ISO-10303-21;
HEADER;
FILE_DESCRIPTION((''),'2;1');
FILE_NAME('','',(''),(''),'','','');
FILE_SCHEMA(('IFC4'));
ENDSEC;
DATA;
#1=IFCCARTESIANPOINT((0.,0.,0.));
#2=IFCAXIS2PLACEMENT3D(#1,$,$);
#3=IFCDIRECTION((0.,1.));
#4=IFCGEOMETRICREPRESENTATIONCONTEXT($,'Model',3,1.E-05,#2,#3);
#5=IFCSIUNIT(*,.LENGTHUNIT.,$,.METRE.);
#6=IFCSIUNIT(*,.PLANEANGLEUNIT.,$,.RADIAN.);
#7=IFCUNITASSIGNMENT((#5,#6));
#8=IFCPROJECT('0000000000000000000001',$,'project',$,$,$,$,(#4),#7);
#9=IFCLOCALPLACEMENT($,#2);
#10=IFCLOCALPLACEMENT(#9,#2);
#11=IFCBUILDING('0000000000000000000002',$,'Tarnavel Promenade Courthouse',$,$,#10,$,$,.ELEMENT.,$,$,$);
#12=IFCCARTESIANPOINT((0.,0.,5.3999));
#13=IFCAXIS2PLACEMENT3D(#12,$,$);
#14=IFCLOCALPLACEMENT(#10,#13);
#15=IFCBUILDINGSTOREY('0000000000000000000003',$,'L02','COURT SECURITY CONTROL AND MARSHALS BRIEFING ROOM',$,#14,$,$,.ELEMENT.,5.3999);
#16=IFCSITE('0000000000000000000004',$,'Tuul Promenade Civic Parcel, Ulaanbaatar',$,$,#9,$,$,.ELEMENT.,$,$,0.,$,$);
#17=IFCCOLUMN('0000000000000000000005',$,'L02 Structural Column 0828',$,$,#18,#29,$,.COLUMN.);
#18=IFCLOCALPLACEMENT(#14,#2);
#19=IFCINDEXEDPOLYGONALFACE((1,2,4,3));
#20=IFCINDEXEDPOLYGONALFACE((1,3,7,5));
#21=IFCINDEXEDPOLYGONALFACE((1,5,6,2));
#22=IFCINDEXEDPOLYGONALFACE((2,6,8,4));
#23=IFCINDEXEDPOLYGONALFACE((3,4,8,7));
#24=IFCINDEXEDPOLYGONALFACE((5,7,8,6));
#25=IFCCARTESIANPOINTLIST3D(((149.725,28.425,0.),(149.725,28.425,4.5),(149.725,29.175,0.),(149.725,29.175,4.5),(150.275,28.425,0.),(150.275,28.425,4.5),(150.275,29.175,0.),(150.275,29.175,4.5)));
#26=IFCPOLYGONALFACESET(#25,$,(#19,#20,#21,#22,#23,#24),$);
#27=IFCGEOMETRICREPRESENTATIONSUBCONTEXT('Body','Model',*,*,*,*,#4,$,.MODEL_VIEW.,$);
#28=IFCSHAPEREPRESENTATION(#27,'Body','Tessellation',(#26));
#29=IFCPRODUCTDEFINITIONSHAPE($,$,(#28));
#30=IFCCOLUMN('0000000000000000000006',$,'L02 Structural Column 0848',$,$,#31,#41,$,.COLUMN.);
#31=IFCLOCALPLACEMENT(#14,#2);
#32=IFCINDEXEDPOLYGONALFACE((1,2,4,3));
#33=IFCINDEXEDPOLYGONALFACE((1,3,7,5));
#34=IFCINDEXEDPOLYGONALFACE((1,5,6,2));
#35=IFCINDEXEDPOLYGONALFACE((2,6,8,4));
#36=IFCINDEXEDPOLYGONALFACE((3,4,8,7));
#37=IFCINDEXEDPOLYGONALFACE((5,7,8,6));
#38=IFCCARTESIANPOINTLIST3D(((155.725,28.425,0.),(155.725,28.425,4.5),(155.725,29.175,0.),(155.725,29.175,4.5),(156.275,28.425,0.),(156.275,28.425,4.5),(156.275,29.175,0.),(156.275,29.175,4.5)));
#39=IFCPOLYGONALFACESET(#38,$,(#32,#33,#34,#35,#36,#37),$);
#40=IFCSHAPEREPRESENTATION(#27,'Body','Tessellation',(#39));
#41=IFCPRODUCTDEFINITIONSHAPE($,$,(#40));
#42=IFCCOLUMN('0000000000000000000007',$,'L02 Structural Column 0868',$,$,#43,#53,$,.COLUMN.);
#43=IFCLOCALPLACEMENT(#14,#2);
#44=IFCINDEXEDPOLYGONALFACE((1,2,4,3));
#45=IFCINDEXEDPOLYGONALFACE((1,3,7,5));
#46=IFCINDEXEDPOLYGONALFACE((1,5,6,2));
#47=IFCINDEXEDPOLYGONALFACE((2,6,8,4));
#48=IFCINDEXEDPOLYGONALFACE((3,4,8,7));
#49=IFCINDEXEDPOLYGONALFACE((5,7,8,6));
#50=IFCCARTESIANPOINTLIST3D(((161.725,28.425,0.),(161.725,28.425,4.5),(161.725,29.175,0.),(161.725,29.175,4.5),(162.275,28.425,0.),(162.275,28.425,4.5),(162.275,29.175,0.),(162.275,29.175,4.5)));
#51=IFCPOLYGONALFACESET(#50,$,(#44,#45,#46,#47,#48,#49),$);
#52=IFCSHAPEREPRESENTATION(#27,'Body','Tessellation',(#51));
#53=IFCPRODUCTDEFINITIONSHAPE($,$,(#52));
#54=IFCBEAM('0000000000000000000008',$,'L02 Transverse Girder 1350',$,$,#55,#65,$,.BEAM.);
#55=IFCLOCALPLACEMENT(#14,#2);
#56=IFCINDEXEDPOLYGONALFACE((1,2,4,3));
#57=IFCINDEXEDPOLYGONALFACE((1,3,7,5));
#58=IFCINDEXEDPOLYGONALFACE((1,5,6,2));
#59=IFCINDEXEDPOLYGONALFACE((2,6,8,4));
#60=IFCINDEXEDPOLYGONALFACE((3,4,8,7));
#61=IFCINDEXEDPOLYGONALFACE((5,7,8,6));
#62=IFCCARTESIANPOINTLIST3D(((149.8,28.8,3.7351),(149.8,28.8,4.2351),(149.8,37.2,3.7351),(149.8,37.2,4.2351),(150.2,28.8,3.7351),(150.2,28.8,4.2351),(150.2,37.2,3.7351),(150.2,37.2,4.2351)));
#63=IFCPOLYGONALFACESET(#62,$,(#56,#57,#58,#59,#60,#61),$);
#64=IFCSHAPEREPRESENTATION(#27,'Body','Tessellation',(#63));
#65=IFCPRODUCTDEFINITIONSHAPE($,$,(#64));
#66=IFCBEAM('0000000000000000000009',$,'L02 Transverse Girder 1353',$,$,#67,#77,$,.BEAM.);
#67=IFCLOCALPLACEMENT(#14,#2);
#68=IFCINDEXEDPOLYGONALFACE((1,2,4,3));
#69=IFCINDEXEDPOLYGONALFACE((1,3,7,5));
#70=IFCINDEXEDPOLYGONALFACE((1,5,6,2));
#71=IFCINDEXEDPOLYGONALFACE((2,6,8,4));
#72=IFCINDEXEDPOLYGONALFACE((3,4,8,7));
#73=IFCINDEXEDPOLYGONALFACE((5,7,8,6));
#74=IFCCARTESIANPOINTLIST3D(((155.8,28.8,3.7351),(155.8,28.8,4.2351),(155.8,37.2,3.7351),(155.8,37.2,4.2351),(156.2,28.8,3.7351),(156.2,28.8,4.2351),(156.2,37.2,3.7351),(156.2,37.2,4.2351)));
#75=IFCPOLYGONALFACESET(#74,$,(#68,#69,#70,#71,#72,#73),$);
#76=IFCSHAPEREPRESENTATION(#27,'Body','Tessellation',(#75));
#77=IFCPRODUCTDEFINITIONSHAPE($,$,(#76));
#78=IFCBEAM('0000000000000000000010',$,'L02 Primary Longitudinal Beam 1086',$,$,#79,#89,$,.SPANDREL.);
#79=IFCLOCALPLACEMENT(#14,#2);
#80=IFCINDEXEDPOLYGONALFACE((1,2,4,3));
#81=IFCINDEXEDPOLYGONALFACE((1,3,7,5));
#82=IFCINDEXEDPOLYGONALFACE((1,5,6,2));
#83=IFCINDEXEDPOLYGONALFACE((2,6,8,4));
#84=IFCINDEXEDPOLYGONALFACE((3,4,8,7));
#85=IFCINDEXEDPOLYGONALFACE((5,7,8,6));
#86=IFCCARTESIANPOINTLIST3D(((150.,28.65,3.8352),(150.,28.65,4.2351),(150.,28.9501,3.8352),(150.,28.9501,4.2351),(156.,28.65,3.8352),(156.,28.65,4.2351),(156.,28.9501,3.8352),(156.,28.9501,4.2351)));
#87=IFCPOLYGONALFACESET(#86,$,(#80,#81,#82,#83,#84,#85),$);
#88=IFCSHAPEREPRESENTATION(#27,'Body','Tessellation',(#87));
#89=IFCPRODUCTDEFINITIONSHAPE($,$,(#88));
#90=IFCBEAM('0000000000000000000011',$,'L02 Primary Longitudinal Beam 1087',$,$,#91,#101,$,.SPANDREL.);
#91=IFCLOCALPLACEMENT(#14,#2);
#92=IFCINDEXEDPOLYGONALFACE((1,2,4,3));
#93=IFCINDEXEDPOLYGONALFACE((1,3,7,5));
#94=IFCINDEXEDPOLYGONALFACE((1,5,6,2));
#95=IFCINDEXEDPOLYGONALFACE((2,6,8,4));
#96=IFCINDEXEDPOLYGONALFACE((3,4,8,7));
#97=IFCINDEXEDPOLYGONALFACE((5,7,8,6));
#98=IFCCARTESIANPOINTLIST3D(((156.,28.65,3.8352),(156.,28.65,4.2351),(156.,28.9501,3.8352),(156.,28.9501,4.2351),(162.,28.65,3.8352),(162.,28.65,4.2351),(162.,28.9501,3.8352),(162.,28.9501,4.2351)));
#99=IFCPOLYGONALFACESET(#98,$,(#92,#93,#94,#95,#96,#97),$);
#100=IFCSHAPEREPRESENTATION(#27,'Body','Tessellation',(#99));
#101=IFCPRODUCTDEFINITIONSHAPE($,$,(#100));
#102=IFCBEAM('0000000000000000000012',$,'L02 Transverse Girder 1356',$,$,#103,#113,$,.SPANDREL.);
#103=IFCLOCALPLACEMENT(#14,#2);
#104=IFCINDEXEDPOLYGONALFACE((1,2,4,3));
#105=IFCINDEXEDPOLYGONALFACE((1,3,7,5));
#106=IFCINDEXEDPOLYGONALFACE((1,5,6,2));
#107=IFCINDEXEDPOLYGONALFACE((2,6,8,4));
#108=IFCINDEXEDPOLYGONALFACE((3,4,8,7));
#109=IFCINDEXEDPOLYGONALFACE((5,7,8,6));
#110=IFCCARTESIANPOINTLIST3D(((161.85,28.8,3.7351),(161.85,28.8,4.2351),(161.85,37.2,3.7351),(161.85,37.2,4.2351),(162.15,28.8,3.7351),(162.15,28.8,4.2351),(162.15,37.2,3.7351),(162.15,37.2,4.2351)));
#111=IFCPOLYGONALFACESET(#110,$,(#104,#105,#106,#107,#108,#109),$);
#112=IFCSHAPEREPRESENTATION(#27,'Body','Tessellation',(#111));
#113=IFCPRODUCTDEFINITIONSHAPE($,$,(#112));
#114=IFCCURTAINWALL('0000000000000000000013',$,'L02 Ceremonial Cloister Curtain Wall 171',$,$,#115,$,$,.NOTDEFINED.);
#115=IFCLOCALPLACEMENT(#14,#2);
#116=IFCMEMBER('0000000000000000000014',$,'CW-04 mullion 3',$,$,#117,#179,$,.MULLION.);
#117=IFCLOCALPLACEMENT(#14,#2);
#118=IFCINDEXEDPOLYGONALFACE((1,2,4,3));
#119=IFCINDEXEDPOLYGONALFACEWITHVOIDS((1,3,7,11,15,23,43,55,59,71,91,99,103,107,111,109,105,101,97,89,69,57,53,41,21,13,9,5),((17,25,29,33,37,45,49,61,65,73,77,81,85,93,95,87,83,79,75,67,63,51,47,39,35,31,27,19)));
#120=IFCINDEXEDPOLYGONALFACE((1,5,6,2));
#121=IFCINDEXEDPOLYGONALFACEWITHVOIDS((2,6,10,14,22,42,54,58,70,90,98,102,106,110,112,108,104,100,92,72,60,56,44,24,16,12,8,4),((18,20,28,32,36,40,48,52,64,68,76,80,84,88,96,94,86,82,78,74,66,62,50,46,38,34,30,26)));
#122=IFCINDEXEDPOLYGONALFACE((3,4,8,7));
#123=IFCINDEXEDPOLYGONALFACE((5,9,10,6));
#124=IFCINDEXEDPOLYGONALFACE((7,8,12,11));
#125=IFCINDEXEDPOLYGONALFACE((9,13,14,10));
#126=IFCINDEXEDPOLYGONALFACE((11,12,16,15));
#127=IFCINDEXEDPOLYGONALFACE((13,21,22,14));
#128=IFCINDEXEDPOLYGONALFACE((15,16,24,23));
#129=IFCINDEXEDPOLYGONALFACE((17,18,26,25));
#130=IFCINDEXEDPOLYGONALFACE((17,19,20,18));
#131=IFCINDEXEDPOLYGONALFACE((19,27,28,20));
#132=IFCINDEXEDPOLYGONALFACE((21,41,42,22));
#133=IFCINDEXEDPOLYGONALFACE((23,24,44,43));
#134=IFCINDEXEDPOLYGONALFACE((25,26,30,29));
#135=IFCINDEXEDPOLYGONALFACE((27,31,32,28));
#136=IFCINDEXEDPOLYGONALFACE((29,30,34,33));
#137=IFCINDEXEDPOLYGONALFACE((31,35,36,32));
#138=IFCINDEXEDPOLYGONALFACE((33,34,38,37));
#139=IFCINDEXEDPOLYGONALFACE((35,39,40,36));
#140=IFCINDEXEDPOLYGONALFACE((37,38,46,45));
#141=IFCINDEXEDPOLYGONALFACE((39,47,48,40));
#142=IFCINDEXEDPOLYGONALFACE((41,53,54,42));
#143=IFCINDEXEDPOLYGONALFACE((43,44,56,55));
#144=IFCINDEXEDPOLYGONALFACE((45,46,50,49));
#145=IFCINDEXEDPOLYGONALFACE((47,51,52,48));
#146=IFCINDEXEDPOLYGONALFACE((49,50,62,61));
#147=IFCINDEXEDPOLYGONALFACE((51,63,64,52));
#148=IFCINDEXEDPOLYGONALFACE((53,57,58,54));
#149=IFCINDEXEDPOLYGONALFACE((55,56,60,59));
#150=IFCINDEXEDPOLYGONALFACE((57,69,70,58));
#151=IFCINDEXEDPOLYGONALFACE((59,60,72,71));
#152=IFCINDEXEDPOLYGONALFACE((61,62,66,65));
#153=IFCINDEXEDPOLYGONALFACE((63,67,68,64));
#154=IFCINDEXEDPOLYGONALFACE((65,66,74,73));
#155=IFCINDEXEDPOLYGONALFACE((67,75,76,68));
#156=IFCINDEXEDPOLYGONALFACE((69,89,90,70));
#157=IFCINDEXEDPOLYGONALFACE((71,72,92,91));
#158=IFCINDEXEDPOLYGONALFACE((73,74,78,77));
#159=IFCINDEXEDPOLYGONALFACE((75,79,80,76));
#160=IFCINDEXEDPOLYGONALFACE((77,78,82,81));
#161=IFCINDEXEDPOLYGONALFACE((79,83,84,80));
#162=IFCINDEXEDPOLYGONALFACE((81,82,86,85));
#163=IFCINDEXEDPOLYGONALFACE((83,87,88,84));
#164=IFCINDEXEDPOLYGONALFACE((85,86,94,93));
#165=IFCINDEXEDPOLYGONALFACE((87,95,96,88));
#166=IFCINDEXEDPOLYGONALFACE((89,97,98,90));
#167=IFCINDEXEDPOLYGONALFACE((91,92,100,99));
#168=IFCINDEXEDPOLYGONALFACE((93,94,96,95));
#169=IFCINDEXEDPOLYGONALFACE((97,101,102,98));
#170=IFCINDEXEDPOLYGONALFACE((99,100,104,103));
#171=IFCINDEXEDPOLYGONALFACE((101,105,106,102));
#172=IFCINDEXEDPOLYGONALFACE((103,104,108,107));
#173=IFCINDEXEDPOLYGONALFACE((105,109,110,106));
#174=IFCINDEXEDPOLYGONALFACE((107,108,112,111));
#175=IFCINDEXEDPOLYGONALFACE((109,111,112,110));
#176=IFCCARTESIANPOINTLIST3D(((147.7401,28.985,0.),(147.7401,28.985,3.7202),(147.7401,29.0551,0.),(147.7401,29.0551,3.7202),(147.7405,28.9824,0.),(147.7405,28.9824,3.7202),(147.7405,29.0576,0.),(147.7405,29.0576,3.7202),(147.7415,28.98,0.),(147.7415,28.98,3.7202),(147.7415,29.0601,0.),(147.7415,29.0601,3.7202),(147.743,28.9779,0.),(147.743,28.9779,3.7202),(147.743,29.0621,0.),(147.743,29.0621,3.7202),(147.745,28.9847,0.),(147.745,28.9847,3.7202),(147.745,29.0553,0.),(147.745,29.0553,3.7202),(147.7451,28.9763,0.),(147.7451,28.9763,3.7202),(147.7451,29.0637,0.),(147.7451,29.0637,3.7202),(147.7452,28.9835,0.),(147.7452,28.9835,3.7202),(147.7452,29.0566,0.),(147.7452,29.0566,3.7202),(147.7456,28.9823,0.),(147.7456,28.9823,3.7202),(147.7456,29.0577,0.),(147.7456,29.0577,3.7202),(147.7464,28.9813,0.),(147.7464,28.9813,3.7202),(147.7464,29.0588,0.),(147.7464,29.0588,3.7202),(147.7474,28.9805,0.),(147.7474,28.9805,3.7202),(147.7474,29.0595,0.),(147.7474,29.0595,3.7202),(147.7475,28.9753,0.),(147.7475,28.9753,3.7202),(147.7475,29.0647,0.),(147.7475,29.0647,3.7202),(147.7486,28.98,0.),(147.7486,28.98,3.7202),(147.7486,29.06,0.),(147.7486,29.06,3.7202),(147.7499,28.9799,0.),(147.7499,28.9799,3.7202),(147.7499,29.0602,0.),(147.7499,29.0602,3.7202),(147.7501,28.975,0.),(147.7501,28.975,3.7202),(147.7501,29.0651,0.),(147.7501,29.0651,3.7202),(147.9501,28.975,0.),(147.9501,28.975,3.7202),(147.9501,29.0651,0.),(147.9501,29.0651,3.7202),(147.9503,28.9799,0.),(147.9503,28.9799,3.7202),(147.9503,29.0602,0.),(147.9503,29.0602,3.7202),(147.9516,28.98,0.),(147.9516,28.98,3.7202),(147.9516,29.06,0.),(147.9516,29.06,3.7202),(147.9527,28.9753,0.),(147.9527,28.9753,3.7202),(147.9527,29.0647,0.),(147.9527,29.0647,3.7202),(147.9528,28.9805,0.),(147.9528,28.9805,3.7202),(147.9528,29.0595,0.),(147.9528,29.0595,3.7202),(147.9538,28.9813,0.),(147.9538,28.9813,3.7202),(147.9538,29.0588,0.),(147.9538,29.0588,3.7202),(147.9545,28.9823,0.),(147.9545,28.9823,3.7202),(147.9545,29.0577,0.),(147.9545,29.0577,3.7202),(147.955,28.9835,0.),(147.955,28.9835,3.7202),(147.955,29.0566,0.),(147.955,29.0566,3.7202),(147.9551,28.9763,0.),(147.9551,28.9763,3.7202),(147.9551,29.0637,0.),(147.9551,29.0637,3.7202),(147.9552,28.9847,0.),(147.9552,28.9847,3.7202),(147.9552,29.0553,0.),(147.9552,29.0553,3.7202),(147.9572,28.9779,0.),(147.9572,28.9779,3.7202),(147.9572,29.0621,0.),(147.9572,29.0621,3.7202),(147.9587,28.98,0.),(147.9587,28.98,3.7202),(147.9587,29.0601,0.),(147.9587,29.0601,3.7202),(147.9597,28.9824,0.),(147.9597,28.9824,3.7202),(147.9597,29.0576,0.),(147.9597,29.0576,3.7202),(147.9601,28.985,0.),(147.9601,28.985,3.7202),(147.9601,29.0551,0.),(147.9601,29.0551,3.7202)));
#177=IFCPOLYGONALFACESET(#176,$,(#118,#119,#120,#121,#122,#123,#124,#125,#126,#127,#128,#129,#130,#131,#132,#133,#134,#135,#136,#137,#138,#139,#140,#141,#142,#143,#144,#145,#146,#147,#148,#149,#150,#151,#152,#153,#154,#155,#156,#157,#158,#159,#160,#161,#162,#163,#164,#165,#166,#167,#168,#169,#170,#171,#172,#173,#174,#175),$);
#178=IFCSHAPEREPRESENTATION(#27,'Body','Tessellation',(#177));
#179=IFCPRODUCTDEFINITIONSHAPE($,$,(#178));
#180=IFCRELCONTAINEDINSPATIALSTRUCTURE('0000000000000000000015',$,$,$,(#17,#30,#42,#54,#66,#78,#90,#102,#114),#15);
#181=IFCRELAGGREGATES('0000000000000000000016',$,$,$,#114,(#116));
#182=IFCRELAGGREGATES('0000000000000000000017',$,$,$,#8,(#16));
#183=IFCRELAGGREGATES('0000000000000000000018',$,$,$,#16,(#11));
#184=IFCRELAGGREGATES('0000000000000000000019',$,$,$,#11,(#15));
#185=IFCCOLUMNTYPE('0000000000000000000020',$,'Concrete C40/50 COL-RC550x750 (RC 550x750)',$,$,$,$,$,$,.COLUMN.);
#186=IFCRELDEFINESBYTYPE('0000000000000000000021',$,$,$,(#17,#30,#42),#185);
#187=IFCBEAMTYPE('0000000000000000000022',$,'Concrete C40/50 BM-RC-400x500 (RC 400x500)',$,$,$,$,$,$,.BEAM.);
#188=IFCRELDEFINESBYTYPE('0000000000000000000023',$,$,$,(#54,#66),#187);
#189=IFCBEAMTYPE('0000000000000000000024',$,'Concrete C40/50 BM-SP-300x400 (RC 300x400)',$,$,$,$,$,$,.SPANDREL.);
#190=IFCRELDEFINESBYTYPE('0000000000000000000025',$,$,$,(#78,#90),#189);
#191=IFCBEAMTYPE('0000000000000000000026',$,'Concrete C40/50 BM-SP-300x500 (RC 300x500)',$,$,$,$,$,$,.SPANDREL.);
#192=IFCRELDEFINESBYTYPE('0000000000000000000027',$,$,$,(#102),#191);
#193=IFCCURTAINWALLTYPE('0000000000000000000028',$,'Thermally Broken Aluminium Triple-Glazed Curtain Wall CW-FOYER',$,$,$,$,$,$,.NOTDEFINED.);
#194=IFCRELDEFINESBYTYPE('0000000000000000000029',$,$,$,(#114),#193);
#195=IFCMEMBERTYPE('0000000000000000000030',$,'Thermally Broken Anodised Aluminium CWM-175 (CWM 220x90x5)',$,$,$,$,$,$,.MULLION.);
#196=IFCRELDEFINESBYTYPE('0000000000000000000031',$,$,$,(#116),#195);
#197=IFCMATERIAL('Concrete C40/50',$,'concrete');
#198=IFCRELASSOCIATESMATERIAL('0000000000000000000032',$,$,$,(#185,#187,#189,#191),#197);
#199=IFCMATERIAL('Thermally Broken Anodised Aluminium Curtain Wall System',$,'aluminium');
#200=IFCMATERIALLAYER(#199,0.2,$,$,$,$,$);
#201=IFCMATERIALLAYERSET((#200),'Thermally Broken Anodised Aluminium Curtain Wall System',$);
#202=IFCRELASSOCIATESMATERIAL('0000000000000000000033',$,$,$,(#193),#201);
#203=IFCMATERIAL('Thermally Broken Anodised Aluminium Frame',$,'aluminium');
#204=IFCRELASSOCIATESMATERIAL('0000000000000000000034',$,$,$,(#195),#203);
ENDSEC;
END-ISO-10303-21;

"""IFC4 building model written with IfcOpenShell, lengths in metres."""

from ifc_helpers import new_model, si_unit, direction, frame, origin, origin_2d, place, context, subcontext, project, spatial, rectangle, hollow_rectangle, extrude, material, layer, layer_set, material_profile, profile_set, type_object, element, aggregate, save


model = new_model("IFC4")

# Units and contexts
model_context = context("Model", 3, precision=1e-05, world=origin(), true_north=direction((0.0, 1.0)))
body_context = subcontext(model_context, "Body", "Model", "MODEL_VIEW")
ifc_project = project(units=[si_unit("LENGTHUNIT", "METRE"), si_unit("PLANEANGLEUNIT", "RADIAN")], contexts=[model_context])

# Site, building, storey
site_placement = place(None, origin())
site = spatial("IfcSite", under=ifc_project, at=site_placement, Name="Tuul Promenade Civic Parcel, Ulaanbaatar", CompositionType="ELEMENT", RefElevation=0.0)
building_placement = place(site_placement, origin())
building = spatial("IfcBuilding", under=site, at=building_placement, Name="Tarnavel Promenade Courthouse", CompositionType="ELEMENT")
storey_placement = place(building_placement, frame((0.0, 0.0, 5.3999)))
storey = spatial("IfcBuildingStorey", under=building, at=storey_placement, Name="L02", Description="COURT SECURITY CONTROL AND MARSHALS BRIEFING ROOM", CompositionType="ELEMENT", Elevation=5.3999)

# Columns
ifc_material_1 = material(Name="Concrete C40/50", Category="concrete")
ifc_material_profile_1 = material_profile(ifc_material_1, rectangle(XDim=0.55, YDim=0.75, at=origin_2d()), Name="RC 550x750")
ifc_profile_set_1 = profile_set([ifc_material_profile_1], Name="Concrete C40/50")
column_type = type_object("IfcColumnType", Name="Concrete C40/50 COL-RC550x750 (RC 550x750)", PredefinedType="COLUMN", material=ifc_profile_set_1)
for number, where, z_axis, x_axis, name in (
    (1, (150.0, 28.8, 0.0), (0.0, 0.0, 1.0), (1.0, 0.0, 0.0), "L02 Structural Column 0828"),
    (2, (156.0, 28.8, 0.0), (0.0, 0.0, 1.0), (1.0, 0.0, 0.0), "L02 Structural Column 0848"),
    (3, (162.0, 28.8, 0.0), (0.0, 0.0, 1.0), (1.0, 0.0, 0.0), "L02 Structural Column 0868"),
):
    element("IfcColumn", number, at=place(storey_placement, frame(where, z_axis=z_axis, x_axis=x_axis)), inside=storey, type_object=column_type, Name=name, PredefinedType="COLUMN", context=body_context, shape_type="SweptSolid", body=[
        extrude(rectangle(XDim=0.55, YDim=0.75, at=origin_2d()), origin(), (0.0, 0.0, 1.0), 4.5),
    ])

# Beams
ifc_material_profile_2 = material_profile(ifc_material_1, rectangle(XDim=0.3999, YDim=0.5, at=origin_2d()), Name="RC 400x500")
ifc_profile_set_2 = profile_set([ifc_material_profile_2], Name="Concrete C40/50")
beam_type_1 = type_object("IfcBeamType", Name="Concrete C40/50 BM-RC-400x500 (RC 400x500)", PredefinedType="BEAM", material=ifc_profile_set_2)
for number, where, z_axis, x_axis, name in (
    (4, (150.0, 28.8, 3.9851), (0.0, 1.0, 0.0), (-1.0, 0.0, 0.0), "L02 Transverse Girder 1350"),
    (5, (156.0, 28.8, 3.9851), (0.0, 1.0, 0.0), (-1.0, 0.0, 0.0), "L02 Transverse Girder 1353"),
):
    element("IfcBeam", number, at=place(storey_placement, frame(where, z_axis=z_axis, x_axis=x_axis)), inside=storey, type_object=beam_type_1, Name=name, PredefinedType="BEAM", context=body_context, shape_type="SweptSolid", body=[
        extrude(rectangle(XDim=0.3999, YDim=0.5, at=origin_2d()), origin(), (0.0, 0.0, 1.0), 8.3999),
    ])
ifc_material_profile_3 = material_profile(ifc_material_1, rectangle(XDim=0.3, YDim=0.3999, at=origin_2d()), Name="RC 300x400")
ifc_profile_set_3 = profile_set([ifc_material_profile_3], Name="Concrete C40/50")
beam_type_2 = type_object("IfcBeamType", Name="Concrete C40/50 BM-SP-300x400 (RC 300x400)", PredefinedType="SPANDREL", material=ifc_profile_set_3)
for number, where, z_axis, x_axis, name in (
    (6, (150.0, 28.8, 4.0352), (1.0, 0.0, 0.0), (0.0, 1.0, 0.0), "L02 Primary Longitudinal Beam 1086"),
    (7, (156.0, 28.8, 4.0352), (1.0, 0.0, 0.0), (0.0, 1.0, 0.0), "L02 Primary Longitudinal Beam 1087"),
):
    element("IfcBeam", number, at=place(storey_placement, frame(where, z_axis=z_axis, x_axis=x_axis)), inside=storey, type_object=beam_type_2, Name=name, PredefinedType="SPANDREL", context=body_context, shape_type="SweptSolid", body=[
        extrude(rectangle(XDim=0.3, YDim=0.3999, at=origin_2d()), origin(), (0.0, 0.0, 1.0), 6.0),
    ])
ifc_material_profile_4 = material_profile(ifc_material_1, rectangle(XDim=0.3, YDim=0.5, at=origin_2d()), Name="RC 300x500")
ifc_profile_set_4 = profile_set([ifc_material_profile_4], Name="Concrete C40/50")
beam_type_3 = type_object("IfcBeamType", Name="Concrete C40/50 BM-SP-300x500 (RC 300x500)", PredefinedType="SPANDREL", material=ifc_profile_set_4)
beam_placement = place(storey_placement, frame((162.0, 28.8, 3.9851), z_axis=(0.0, 1.0, 0.0), x_axis=(-1.0, 0.0, 0.0)))
element("IfcBeam", 8, at=beam_placement, inside=storey, type_object=beam_type_3, Name="L02 Transverse Girder 1356", PredefinedType="SPANDREL", context=body_context, shape_type="SweptSolid", body=[
    extrude(rectangle(XDim=0.3, YDim=0.5, at=origin_2d()), origin(), (0.0, 0.0, 1.0), 8.3999),
])

# Curtain wall, member
ifc_material_2 = material(Name="Thermally Broken Anodised Aluminium Curtain Wall System", Category="aluminium")
ifc_layer_1 = layer(ifc_material_2, 0.2)
ifc_layer_set_1 = layer_set([ifc_layer_1], Name="Thermally Broken Anodised Aluminium Curtain Wall System")
curtain_wall_type = type_object("IfcCurtainWallType", Name="Thermally Broken Aluminium Triple-Glazed Curtain Wall CW-FOYER", PredefinedType="NOTDEFINED", material=ifc_layer_set_1)
curtain_wall_1_placement = place(storey_placement, origin())
curtain_wall_1 = element("IfcCurtainWall", 9, at=curtain_wall_1_placement, inside=storey, type_object=curtain_wall_type, Name="L02 Ceremonial Cloister Curtain Wall 171", PredefinedType="NOTDEFINED")
ifc_material_3 = material(Name="Thermally Broken Anodised Aluminium Frame", Category="aluminium")
ifc_material_profile_5 = material_profile(ifc_material_3, hollow_rectangle(XDim=0.0901, YDim=0.22, WallThickness=0.0049, InnerFilletRadius=0.0049, OuterFilletRadius=0.01, at=origin_2d()), Name="CWM 220x90x5")
ifc_profile_set_5 = profile_set([ifc_material_profile_5], Name="Thermally Broken Anodised Aluminium Frame")
member_type_1 = type_object("IfcMemberType", Name="Thermally Broken Anodised Aluminium CWM-175 (CWM 220x90x5)", PredefinedType="MULLION", material=ifc_profile_set_5)
member_1_placement = place(storey_placement, frame((147.8501, 29.02, 0.0), z_axis=(0.0, 0.0, 1.0), x_axis=(0.0, 1.0, 0.0)))
member_1 = element("IfcMember", 10, at=member_1_placement, type_object=member_type_1, Name="CW-04 mullion 3", PredefinedType="MULLION", context=body_context, shape_type="SweptSolid", body=[
    extrude(hollow_rectangle(XDim=0.0901, YDim=0.22, WallThickness=0.0049, InnerFilletRadius=0.0049, OuterFilletRadius=0.01, at=origin_2d()), origin(), (0.0, 0.0, 1.0), 3.7202),
])

aggregate(curtain_wall_1, [member_1])

save(model, "model.ifc")
